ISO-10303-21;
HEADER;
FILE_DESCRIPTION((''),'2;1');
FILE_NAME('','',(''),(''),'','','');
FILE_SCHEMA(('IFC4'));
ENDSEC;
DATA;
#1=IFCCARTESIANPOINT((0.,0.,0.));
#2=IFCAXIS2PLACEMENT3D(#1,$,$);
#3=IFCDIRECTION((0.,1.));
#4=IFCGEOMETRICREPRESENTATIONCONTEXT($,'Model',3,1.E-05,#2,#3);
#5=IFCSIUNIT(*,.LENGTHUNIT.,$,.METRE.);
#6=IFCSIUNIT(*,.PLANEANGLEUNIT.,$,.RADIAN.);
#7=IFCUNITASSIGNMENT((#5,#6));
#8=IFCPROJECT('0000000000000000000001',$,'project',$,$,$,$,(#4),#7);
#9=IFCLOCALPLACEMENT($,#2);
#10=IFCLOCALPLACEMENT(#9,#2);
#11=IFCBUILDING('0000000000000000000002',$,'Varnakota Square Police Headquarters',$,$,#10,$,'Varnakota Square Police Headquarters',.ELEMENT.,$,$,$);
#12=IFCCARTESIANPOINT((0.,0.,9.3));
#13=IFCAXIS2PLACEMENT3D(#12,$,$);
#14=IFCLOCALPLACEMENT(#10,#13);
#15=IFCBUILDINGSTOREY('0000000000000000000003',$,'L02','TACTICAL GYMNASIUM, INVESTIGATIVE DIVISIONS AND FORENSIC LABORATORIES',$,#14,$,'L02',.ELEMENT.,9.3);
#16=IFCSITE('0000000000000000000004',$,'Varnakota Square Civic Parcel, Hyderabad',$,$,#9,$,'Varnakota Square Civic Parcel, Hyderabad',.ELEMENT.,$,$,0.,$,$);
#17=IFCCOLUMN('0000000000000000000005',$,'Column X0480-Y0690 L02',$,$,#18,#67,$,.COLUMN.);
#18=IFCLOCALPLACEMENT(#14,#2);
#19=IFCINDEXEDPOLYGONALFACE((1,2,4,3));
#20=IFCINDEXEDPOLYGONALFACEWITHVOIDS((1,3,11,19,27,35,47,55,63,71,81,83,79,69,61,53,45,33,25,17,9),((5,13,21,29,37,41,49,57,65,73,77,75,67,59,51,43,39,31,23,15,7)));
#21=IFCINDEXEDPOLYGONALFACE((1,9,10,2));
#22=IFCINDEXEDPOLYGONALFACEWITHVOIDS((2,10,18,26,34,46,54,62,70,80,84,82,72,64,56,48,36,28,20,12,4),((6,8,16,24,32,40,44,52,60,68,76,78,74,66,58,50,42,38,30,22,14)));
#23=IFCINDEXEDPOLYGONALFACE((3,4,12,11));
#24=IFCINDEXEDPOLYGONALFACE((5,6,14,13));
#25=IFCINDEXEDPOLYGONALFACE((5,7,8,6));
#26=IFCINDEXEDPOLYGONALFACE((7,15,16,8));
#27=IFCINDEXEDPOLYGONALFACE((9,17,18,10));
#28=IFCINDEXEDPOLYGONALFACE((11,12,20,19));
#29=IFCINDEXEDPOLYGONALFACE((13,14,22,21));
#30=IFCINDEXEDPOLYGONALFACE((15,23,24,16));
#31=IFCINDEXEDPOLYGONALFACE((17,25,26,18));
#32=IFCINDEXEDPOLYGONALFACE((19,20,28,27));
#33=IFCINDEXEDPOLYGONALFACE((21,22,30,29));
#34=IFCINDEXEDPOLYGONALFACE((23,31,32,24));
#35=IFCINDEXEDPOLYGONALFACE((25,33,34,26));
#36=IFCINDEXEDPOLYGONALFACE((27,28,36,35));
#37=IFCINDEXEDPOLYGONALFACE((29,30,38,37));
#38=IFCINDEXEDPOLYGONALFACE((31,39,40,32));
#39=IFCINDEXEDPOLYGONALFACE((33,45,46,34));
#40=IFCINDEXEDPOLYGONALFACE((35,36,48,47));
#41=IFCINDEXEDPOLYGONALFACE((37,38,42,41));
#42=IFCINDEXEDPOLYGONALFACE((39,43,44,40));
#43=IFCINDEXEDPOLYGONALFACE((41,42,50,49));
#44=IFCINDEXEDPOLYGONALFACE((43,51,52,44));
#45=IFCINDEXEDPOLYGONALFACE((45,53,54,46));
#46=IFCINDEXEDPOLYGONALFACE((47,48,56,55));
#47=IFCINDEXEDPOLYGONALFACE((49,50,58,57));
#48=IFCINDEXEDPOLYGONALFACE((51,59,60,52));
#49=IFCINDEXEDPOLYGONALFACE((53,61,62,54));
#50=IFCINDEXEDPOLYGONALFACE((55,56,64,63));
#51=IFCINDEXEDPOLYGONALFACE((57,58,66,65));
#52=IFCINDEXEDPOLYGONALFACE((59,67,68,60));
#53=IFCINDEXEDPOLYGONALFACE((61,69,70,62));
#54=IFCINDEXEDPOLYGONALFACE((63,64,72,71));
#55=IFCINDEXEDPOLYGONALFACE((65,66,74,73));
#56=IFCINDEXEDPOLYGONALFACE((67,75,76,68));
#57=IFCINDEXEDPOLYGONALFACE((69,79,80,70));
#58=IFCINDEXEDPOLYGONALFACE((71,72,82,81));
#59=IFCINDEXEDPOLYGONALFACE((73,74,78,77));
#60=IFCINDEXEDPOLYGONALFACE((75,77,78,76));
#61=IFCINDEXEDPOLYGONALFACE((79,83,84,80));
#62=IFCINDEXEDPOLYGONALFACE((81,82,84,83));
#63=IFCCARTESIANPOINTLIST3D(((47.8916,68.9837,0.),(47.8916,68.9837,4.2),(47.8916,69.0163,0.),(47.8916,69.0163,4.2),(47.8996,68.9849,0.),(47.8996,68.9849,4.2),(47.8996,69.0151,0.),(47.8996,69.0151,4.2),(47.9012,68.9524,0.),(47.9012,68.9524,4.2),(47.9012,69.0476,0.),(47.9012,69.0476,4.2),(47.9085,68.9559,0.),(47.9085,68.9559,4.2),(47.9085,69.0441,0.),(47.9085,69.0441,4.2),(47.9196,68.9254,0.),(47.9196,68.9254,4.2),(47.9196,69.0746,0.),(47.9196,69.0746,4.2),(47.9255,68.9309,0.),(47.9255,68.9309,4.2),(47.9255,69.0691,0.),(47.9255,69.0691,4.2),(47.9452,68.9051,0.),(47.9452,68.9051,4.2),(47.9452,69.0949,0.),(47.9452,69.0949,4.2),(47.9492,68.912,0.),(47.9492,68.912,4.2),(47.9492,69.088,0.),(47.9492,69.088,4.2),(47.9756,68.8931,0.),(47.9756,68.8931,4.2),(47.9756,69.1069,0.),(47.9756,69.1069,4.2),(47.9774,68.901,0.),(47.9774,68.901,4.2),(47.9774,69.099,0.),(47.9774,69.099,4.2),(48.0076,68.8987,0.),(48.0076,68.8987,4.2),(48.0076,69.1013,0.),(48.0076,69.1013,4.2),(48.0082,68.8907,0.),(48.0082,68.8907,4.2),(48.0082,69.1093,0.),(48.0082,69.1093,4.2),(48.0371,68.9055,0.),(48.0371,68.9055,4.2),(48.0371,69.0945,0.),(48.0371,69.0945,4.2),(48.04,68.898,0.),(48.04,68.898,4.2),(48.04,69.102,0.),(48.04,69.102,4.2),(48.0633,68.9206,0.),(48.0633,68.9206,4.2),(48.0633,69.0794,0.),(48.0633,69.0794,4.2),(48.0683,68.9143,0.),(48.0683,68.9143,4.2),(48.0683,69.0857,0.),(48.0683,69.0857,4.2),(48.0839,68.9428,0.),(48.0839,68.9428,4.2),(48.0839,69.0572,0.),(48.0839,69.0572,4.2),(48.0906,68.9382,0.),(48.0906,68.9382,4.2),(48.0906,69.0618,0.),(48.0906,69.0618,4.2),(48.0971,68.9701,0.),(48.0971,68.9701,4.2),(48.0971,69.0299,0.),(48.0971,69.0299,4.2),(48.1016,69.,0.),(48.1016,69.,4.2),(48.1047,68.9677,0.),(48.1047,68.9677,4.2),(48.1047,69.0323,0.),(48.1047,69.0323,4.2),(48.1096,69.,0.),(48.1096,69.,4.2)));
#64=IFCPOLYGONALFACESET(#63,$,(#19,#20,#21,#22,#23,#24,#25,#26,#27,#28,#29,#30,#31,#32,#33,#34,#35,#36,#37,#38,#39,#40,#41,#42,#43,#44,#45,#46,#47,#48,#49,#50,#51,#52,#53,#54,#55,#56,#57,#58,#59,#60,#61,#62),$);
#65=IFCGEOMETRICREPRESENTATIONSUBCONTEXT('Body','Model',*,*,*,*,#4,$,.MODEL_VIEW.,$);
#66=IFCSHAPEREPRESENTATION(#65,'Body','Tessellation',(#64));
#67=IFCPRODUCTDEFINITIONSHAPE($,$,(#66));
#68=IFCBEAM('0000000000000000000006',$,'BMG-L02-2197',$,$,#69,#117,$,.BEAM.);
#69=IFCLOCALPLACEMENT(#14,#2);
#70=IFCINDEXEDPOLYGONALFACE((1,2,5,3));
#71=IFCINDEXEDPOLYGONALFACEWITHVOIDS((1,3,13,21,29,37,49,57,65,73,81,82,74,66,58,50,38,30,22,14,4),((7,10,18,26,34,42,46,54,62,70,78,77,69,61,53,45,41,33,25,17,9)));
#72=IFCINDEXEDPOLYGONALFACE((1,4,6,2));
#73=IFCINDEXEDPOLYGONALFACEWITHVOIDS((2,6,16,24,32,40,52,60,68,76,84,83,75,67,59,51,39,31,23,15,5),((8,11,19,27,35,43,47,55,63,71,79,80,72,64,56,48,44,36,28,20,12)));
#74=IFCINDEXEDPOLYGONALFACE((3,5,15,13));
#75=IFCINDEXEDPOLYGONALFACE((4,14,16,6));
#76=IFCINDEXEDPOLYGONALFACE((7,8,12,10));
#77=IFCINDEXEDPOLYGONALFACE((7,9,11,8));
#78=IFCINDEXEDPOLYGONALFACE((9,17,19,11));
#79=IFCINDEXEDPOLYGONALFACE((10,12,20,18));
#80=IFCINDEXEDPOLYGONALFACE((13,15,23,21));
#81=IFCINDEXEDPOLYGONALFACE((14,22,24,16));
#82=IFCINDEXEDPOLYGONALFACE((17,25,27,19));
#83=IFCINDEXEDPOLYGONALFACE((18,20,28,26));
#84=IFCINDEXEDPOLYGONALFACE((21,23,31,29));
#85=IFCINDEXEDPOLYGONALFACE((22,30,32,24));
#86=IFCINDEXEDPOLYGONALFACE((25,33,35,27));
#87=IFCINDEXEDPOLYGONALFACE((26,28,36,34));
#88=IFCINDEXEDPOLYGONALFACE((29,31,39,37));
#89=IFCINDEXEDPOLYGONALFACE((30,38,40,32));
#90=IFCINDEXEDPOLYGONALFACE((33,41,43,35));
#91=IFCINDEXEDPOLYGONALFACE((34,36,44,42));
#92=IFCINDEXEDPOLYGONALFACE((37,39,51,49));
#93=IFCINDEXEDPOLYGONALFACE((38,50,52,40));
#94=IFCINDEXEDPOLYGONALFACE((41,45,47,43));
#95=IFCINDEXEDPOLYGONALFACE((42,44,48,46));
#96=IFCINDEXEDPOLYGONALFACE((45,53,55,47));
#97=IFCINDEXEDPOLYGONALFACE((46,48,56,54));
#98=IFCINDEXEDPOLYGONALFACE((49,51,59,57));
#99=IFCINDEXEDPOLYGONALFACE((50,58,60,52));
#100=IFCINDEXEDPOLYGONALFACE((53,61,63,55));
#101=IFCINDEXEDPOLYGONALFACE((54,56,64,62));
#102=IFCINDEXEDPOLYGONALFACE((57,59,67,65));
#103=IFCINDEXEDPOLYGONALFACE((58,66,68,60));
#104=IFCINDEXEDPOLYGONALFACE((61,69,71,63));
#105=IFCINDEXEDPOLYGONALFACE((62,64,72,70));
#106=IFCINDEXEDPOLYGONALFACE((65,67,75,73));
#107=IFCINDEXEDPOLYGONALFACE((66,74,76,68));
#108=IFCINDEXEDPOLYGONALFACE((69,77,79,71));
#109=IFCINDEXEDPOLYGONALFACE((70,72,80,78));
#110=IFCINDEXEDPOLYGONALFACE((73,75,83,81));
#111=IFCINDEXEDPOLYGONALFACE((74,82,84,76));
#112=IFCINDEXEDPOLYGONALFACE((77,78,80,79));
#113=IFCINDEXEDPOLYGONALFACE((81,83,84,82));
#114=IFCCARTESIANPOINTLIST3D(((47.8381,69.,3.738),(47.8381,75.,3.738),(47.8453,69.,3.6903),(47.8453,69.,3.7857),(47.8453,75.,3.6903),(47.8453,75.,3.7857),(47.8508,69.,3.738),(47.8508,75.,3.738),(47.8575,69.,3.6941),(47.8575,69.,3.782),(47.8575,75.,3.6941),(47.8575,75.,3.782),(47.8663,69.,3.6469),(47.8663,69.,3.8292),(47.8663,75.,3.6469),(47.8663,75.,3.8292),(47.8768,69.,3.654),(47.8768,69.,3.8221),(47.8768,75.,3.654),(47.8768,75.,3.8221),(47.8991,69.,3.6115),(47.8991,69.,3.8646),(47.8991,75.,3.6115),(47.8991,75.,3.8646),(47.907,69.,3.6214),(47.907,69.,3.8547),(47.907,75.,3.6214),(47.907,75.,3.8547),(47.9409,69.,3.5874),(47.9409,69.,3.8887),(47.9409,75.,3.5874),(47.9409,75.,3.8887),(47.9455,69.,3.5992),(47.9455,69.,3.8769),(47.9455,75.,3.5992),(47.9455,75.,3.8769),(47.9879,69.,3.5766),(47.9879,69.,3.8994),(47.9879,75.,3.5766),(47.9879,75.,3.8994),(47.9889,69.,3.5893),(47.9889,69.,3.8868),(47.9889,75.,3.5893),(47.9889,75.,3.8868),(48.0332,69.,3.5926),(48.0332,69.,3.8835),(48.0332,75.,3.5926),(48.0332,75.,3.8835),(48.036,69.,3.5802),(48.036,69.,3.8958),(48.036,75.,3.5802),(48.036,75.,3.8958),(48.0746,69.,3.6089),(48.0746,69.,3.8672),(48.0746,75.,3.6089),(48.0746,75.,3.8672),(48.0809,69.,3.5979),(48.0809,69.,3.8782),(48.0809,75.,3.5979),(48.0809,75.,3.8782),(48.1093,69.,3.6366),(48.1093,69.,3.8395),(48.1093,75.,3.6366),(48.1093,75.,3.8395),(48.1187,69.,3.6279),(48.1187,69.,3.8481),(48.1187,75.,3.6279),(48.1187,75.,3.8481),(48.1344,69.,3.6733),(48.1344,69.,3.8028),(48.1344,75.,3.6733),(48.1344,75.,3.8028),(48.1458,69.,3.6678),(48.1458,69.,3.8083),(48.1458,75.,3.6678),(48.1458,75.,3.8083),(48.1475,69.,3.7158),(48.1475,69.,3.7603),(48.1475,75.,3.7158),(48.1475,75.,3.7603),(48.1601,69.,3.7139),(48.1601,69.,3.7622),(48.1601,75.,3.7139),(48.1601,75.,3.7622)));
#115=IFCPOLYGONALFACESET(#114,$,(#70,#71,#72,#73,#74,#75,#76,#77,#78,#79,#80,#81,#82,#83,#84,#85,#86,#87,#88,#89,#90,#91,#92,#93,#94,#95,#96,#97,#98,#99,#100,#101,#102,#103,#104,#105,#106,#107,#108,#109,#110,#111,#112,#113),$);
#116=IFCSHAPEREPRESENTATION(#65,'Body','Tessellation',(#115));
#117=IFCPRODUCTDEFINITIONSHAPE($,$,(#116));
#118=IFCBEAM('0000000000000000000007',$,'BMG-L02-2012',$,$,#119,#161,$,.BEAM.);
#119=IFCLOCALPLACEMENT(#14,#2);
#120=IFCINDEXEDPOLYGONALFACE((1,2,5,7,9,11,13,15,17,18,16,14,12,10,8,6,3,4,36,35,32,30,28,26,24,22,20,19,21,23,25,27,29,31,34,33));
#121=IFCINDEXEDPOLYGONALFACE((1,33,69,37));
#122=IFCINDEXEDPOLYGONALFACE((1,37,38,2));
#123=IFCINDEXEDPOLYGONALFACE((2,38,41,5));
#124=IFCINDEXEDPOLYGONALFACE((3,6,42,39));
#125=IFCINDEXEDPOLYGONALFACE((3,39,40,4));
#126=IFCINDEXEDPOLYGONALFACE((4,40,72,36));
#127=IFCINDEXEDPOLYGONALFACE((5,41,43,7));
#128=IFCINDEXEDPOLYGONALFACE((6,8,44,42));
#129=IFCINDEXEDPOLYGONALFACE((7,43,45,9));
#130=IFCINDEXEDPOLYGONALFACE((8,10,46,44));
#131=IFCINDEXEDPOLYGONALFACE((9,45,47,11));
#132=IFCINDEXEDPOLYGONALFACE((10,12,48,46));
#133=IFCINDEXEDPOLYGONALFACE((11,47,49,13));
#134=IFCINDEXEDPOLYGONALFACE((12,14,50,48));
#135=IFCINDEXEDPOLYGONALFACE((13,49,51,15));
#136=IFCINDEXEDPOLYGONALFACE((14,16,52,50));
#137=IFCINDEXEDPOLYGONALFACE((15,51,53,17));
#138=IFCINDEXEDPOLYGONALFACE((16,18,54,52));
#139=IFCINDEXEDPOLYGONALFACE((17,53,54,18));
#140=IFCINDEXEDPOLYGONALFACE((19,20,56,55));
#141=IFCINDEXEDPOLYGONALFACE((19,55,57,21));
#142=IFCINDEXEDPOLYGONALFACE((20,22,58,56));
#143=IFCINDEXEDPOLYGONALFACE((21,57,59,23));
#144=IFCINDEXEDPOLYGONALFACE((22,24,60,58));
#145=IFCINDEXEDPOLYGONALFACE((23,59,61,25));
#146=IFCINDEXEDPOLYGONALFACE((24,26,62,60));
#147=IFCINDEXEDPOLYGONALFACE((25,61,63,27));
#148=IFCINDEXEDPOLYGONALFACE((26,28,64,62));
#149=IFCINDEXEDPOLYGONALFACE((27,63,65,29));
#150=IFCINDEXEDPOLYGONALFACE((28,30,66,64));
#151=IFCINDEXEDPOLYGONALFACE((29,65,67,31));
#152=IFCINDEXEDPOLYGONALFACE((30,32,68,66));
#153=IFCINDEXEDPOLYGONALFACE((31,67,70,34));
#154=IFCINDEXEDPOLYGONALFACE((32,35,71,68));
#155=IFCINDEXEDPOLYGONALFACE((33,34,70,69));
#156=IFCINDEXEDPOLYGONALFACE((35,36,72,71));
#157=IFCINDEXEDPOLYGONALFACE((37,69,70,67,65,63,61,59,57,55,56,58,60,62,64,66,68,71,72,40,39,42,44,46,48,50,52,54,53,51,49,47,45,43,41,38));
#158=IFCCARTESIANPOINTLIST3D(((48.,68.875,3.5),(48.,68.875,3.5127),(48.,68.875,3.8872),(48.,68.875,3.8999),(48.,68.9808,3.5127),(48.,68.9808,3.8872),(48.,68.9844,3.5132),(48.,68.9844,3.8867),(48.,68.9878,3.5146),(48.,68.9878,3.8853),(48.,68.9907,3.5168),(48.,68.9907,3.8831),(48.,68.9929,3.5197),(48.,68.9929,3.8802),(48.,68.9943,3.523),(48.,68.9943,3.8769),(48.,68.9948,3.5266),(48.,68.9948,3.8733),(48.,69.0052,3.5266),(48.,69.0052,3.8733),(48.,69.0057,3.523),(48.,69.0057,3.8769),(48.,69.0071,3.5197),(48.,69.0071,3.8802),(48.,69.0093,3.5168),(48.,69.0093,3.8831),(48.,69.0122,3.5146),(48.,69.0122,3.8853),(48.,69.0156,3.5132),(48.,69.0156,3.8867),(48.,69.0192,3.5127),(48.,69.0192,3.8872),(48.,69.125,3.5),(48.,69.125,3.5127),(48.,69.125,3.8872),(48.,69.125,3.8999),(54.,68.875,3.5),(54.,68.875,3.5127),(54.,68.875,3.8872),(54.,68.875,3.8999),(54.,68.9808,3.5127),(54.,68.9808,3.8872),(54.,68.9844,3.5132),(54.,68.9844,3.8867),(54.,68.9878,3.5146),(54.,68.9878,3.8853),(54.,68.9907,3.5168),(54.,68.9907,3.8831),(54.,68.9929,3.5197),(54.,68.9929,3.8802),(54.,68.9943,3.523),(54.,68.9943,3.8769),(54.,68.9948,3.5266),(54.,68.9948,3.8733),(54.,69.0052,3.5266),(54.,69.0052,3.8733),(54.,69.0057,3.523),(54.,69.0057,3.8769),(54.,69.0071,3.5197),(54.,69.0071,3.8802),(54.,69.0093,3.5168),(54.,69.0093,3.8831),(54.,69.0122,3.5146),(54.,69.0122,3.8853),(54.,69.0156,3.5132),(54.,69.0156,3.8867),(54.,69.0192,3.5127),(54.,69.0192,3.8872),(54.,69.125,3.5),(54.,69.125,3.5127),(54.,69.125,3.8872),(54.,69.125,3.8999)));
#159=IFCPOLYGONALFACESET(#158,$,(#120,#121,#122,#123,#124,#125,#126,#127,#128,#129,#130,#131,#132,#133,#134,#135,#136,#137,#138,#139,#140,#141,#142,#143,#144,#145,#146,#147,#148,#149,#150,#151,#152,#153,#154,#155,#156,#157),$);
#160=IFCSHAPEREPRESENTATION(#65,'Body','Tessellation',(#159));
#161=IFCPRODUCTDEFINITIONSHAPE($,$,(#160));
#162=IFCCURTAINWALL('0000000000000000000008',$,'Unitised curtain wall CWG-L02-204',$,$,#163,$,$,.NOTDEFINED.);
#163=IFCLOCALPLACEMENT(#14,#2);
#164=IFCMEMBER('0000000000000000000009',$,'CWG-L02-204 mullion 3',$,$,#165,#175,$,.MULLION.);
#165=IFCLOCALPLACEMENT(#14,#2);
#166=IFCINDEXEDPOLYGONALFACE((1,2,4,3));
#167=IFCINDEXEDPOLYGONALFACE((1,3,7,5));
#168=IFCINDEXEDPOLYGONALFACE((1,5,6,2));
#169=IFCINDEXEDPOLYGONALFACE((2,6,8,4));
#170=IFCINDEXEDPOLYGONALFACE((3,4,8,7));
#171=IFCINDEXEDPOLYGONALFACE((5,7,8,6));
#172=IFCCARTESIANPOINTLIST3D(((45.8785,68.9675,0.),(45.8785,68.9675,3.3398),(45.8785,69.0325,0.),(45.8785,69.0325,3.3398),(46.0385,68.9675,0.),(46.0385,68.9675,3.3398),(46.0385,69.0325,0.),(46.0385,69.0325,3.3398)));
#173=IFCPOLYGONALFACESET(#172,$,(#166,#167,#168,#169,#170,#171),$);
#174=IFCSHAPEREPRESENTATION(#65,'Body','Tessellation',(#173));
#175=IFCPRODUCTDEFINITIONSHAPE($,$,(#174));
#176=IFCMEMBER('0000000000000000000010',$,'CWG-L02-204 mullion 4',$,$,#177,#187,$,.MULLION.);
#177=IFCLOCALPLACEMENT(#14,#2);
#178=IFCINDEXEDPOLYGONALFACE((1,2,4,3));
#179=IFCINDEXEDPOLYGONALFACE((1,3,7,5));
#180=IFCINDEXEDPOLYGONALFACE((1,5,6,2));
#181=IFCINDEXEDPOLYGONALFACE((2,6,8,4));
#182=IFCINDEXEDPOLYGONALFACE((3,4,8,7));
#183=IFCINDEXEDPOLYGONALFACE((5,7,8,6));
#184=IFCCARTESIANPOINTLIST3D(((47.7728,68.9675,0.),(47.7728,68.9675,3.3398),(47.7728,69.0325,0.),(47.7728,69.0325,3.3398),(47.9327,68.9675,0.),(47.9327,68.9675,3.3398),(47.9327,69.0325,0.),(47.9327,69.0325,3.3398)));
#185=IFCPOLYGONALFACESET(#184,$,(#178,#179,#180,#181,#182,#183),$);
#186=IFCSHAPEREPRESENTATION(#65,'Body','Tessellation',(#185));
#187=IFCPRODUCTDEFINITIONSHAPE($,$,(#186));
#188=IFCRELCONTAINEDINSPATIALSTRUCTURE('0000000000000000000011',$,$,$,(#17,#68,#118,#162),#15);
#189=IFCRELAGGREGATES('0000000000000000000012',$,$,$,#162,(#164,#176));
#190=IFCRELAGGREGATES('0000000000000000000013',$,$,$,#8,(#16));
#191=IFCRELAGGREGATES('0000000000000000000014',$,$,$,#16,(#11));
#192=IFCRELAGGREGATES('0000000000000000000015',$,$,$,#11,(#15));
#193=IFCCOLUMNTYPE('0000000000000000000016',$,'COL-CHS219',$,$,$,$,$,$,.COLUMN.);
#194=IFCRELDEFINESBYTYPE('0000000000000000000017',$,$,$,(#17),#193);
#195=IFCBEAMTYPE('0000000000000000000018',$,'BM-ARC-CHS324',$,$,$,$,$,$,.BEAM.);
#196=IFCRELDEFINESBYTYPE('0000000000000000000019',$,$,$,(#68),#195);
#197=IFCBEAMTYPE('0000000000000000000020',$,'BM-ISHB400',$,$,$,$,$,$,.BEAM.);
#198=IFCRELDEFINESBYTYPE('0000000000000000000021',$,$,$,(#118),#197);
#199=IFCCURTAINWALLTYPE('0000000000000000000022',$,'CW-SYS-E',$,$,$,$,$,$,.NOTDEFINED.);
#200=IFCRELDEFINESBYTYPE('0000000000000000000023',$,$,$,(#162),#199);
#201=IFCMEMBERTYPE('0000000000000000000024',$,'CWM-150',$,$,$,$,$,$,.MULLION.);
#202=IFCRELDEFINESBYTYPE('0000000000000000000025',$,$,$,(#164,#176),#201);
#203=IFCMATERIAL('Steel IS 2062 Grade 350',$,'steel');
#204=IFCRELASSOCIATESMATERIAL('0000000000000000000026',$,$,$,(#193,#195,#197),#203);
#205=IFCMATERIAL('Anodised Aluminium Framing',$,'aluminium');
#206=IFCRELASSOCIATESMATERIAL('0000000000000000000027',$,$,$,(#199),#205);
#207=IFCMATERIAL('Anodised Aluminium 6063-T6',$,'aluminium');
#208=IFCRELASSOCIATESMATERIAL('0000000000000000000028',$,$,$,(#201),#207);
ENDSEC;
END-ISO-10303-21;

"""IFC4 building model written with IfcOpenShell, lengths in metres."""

from ifc_helpers import new_model, si_unit, direction, frame, origin, origin_2d, place, context, subcontext, project, spatial, rectangle, hollow_circle, i_section, extrude, material, material_profile, profile_set, type_object, element, aggregate, save


model = new_model("IFC4")

# Units and contexts
model_context = context("Model", 3, precision=1e-05, world=origin(), true_north=direction((0.0, 1.0)))
body_context = subcontext(model_context, "Body", "Model", "MODEL_VIEW")
ifc_project = project(units=[si_unit("LENGTHUNIT", "METRE"), si_unit("PLANEANGLEUNIT", "RADIAN")], contexts=[model_context])

# Site, building, storey
site_placement = place(None, origin())
site = spatial("IfcSite", under=ifc_project, at=site_placement, Name="Varnakota Square Civic Parcel, Hyderabad", LongName="Varnakota Square Civic Parcel, Hyderabad", CompositionType="ELEMENT", RefElevation=0.0)
building_placement = place(site_placement, origin())
building = spatial("IfcBuilding", under=site, at=building_placement, Name="Varnakota Square Police Headquarters", LongName="Varnakota Square Police Headquarters", CompositionType="ELEMENT")
storey_placement = place(building_placement, frame((0.0, 0.0, 9.3)))
storey = spatial("IfcBuildingStorey", under=building, at=storey_placement, Name="L02", Description="TACTICAL GYMNASIUM, INVESTIGATIVE DIVISIONS AND FORENSIC LABORATORIES", LongName="L02", CompositionType="ELEMENT", Elevation=9.3)

# Column
ifc_material_1 = material(Name="Steel IS 2062 Grade 350", Category="steel")
ifc_material_profile_1 = material_profile(ifc_material_1, hollow_circle(Radius=0.1096, WallThickness=0.0081, at=origin_2d()), Name="CHS 219.1x8.0")
ifc_profile_set_1 = profile_set([ifc_material_profile_1], Name="Steel IS 2062 Grade 350")
column_type = type_object("IfcColumnType", Name="COL-CHS219", PredefinedType="COLUMN", material=ifc_profile_set_1)
column_placement = place(storey_placement, frame((48.0, 69.0, 0.0), z_axis=(0.0, 0.0, 1.0), x_axis=(1.0, 0.0, 0.0)))
element("IfcColumn", 1, at=column_placement, inside=storey, type_object=column_type, Name="Column X0480-Y0690 L02", PredefinedType="COLUMN", context=body_context, shape_type="SweptSolid", body=[
    extrude(hollow_circle(Radius=0.1096, WallThickness=0.0081, at=origin_2d()), origin(), (0.0, 0.0, 1.0), 4.2),
])

# Beams
ifc_material_profile_2 = material_profile(ifc_material_1, hollow_circle(Radius=0.1619, WallThickness=0.0127, at=origin_2d()), Name="CHS 323.9x12.7")
ifc_profile_set_2 = profile_set([ifc_material_profile_2], Name="Steel IS 2062 Grade 350")
beam_type_1 = type_object("IfcBeamType", Name="BM-ARC-CHS324", PredefinedType="BEAM", material=ifc_profile_set_2)
beam_1_placement = place(storey_placement, frame((48.0, 69.0, 3.738), z_axis=(0.0, 1.0, 0.0), x_axis=(-1.0, 0.0, 0.0)))
element("IfcBeam", 2, at=beam_1_placement, inside=storey, type_object=beam_type_1, Name="BMG-L02-2197", PredefinedType="BEAM", context=body_context, shape_type="SweptSolid", body=[
    extrude(hollow_circle(Radius=0.1619, WallThickness=0.0127, at=origin_2d()), origin(), (0.0, 0.0, 1.0), 6.0),
])
ifc_material_profile_3 = material_profile(ifc_material_1, i_section(OverallWidth=0.25, OverallDepth=0.3999, WebThickness=0.0105, FlangeThickness=0.0127, FilletRadius=0.0139, at=origin_2d()), Name="ISHB 400")
ifc_profile_set_3 = profile_set([ifc_material_profile_3], Name="Steel IS 2062 Grade 350")
beam_type_2 = type_object("IfcBeamType", Name="BM-ISHB400", PredefinedType="BEAM", material=ifc_profile_set_3)
beam_2_placement = place(storey_placement, frame((48.0, 69.0, 3.7), z_axis=(1.0, 0.0, 0.0), x_axis=(0.0, 1.0, 0.0)))
element("IfcBeam", 3, at=beam_2_placement, inside=storey, type_object=beam_type_2, Name="BMG-L02-2012", PredefinedType="BEAM", context=body_context, shape_type="SweptSolid", body=[
    extrude(i_section(OverallWidth=0.25, OverallDepth=0.3999, WebThickness=0.0105, FlangeThickness=0.0127, FilletRadius=0.0139, at=origin_2d()), origin(), (0.0, 0.0, 1.0), 6.0),
])

# Curtain wall, members
ifc_material_2 = material(Name="Anodised Aluminium Framing", Category="aluminium")
curtain_wall_type = type_object("IfcCurtainWallType", Name="CW-SYS-E", PredefinedType="NOTDEFINED", material=ifc_material_2)
curtain_wall_1_placement = place(storey_placement, origin())
curtain_wall_1 = element("IfcCurtainWall", 4, at=curtain_wall_1_placement, inside=storey, type_object=curtain_wall_type, Name="Unitised curtain wall CWG-L02-204", PredefinedType="NOTDEFINED")
ifc_material_3 = material(Name="Anodised Aluminium 6063-T6", Category="aluminium")
ifc_material_profile_4 = material_profile(ifc_material_3, rectangle(XDim=0.0649, YDim=0.1599, at=origin_2d()), Name="ALU MULLION 65x160")
ifc_profile_set_4 = profile_set([ifc_material_profile_4], Name="Anodised Aluminium 6063-T6")
member_type_1 = type_object("IfcMemberType", Name="CWM-150", PredefinedType="MULLION", material=ifc_profile_set_4)
member_1_placement = place(storey_placement, frame((45.9585, 69.0, 0.0), z_axis=(0.0, 0.0, 1.0), x_axis=(0.0, 1.0, 0.0)))
member_1 = element("IfcMember", 5, at=member_1_placement, type_object=member_type_1, Name="CWG-L02-204 mullion 3", PredefinedType="MULLION", context=body_context, shape_type="SweptSolid", body=[
    extrude(rectangle(XDim=0.0649, YDim=0.1599, at=origin_2d()), origin(), (0.0, 0.0, 1.0), 3.3398),
])
member_2_placement = place(storey_placement, frame((47.8528, 69.0, 0.0), z_axis=(0.0, 0.0, 1.0), x_axis=(0.0, 1.0, 0.0)))
member_2 = element("IfcMember", 6, at=member_2_placement, type_object=member_type_1, Name="CWG-L02-204 mullion 4", PredefinedType="MULLION", context=body_context, shape_type="SweptSolid", body=[
    extrude(rectangle(XDim=0.0649, YDim=0.1599, at=origin_2d()), origin(), (0.0, 0.0, 1.0), 3.3398),
])

aggregate(curtain_wall_1, [member_1, member_2])

save(model, "model.ifc")
